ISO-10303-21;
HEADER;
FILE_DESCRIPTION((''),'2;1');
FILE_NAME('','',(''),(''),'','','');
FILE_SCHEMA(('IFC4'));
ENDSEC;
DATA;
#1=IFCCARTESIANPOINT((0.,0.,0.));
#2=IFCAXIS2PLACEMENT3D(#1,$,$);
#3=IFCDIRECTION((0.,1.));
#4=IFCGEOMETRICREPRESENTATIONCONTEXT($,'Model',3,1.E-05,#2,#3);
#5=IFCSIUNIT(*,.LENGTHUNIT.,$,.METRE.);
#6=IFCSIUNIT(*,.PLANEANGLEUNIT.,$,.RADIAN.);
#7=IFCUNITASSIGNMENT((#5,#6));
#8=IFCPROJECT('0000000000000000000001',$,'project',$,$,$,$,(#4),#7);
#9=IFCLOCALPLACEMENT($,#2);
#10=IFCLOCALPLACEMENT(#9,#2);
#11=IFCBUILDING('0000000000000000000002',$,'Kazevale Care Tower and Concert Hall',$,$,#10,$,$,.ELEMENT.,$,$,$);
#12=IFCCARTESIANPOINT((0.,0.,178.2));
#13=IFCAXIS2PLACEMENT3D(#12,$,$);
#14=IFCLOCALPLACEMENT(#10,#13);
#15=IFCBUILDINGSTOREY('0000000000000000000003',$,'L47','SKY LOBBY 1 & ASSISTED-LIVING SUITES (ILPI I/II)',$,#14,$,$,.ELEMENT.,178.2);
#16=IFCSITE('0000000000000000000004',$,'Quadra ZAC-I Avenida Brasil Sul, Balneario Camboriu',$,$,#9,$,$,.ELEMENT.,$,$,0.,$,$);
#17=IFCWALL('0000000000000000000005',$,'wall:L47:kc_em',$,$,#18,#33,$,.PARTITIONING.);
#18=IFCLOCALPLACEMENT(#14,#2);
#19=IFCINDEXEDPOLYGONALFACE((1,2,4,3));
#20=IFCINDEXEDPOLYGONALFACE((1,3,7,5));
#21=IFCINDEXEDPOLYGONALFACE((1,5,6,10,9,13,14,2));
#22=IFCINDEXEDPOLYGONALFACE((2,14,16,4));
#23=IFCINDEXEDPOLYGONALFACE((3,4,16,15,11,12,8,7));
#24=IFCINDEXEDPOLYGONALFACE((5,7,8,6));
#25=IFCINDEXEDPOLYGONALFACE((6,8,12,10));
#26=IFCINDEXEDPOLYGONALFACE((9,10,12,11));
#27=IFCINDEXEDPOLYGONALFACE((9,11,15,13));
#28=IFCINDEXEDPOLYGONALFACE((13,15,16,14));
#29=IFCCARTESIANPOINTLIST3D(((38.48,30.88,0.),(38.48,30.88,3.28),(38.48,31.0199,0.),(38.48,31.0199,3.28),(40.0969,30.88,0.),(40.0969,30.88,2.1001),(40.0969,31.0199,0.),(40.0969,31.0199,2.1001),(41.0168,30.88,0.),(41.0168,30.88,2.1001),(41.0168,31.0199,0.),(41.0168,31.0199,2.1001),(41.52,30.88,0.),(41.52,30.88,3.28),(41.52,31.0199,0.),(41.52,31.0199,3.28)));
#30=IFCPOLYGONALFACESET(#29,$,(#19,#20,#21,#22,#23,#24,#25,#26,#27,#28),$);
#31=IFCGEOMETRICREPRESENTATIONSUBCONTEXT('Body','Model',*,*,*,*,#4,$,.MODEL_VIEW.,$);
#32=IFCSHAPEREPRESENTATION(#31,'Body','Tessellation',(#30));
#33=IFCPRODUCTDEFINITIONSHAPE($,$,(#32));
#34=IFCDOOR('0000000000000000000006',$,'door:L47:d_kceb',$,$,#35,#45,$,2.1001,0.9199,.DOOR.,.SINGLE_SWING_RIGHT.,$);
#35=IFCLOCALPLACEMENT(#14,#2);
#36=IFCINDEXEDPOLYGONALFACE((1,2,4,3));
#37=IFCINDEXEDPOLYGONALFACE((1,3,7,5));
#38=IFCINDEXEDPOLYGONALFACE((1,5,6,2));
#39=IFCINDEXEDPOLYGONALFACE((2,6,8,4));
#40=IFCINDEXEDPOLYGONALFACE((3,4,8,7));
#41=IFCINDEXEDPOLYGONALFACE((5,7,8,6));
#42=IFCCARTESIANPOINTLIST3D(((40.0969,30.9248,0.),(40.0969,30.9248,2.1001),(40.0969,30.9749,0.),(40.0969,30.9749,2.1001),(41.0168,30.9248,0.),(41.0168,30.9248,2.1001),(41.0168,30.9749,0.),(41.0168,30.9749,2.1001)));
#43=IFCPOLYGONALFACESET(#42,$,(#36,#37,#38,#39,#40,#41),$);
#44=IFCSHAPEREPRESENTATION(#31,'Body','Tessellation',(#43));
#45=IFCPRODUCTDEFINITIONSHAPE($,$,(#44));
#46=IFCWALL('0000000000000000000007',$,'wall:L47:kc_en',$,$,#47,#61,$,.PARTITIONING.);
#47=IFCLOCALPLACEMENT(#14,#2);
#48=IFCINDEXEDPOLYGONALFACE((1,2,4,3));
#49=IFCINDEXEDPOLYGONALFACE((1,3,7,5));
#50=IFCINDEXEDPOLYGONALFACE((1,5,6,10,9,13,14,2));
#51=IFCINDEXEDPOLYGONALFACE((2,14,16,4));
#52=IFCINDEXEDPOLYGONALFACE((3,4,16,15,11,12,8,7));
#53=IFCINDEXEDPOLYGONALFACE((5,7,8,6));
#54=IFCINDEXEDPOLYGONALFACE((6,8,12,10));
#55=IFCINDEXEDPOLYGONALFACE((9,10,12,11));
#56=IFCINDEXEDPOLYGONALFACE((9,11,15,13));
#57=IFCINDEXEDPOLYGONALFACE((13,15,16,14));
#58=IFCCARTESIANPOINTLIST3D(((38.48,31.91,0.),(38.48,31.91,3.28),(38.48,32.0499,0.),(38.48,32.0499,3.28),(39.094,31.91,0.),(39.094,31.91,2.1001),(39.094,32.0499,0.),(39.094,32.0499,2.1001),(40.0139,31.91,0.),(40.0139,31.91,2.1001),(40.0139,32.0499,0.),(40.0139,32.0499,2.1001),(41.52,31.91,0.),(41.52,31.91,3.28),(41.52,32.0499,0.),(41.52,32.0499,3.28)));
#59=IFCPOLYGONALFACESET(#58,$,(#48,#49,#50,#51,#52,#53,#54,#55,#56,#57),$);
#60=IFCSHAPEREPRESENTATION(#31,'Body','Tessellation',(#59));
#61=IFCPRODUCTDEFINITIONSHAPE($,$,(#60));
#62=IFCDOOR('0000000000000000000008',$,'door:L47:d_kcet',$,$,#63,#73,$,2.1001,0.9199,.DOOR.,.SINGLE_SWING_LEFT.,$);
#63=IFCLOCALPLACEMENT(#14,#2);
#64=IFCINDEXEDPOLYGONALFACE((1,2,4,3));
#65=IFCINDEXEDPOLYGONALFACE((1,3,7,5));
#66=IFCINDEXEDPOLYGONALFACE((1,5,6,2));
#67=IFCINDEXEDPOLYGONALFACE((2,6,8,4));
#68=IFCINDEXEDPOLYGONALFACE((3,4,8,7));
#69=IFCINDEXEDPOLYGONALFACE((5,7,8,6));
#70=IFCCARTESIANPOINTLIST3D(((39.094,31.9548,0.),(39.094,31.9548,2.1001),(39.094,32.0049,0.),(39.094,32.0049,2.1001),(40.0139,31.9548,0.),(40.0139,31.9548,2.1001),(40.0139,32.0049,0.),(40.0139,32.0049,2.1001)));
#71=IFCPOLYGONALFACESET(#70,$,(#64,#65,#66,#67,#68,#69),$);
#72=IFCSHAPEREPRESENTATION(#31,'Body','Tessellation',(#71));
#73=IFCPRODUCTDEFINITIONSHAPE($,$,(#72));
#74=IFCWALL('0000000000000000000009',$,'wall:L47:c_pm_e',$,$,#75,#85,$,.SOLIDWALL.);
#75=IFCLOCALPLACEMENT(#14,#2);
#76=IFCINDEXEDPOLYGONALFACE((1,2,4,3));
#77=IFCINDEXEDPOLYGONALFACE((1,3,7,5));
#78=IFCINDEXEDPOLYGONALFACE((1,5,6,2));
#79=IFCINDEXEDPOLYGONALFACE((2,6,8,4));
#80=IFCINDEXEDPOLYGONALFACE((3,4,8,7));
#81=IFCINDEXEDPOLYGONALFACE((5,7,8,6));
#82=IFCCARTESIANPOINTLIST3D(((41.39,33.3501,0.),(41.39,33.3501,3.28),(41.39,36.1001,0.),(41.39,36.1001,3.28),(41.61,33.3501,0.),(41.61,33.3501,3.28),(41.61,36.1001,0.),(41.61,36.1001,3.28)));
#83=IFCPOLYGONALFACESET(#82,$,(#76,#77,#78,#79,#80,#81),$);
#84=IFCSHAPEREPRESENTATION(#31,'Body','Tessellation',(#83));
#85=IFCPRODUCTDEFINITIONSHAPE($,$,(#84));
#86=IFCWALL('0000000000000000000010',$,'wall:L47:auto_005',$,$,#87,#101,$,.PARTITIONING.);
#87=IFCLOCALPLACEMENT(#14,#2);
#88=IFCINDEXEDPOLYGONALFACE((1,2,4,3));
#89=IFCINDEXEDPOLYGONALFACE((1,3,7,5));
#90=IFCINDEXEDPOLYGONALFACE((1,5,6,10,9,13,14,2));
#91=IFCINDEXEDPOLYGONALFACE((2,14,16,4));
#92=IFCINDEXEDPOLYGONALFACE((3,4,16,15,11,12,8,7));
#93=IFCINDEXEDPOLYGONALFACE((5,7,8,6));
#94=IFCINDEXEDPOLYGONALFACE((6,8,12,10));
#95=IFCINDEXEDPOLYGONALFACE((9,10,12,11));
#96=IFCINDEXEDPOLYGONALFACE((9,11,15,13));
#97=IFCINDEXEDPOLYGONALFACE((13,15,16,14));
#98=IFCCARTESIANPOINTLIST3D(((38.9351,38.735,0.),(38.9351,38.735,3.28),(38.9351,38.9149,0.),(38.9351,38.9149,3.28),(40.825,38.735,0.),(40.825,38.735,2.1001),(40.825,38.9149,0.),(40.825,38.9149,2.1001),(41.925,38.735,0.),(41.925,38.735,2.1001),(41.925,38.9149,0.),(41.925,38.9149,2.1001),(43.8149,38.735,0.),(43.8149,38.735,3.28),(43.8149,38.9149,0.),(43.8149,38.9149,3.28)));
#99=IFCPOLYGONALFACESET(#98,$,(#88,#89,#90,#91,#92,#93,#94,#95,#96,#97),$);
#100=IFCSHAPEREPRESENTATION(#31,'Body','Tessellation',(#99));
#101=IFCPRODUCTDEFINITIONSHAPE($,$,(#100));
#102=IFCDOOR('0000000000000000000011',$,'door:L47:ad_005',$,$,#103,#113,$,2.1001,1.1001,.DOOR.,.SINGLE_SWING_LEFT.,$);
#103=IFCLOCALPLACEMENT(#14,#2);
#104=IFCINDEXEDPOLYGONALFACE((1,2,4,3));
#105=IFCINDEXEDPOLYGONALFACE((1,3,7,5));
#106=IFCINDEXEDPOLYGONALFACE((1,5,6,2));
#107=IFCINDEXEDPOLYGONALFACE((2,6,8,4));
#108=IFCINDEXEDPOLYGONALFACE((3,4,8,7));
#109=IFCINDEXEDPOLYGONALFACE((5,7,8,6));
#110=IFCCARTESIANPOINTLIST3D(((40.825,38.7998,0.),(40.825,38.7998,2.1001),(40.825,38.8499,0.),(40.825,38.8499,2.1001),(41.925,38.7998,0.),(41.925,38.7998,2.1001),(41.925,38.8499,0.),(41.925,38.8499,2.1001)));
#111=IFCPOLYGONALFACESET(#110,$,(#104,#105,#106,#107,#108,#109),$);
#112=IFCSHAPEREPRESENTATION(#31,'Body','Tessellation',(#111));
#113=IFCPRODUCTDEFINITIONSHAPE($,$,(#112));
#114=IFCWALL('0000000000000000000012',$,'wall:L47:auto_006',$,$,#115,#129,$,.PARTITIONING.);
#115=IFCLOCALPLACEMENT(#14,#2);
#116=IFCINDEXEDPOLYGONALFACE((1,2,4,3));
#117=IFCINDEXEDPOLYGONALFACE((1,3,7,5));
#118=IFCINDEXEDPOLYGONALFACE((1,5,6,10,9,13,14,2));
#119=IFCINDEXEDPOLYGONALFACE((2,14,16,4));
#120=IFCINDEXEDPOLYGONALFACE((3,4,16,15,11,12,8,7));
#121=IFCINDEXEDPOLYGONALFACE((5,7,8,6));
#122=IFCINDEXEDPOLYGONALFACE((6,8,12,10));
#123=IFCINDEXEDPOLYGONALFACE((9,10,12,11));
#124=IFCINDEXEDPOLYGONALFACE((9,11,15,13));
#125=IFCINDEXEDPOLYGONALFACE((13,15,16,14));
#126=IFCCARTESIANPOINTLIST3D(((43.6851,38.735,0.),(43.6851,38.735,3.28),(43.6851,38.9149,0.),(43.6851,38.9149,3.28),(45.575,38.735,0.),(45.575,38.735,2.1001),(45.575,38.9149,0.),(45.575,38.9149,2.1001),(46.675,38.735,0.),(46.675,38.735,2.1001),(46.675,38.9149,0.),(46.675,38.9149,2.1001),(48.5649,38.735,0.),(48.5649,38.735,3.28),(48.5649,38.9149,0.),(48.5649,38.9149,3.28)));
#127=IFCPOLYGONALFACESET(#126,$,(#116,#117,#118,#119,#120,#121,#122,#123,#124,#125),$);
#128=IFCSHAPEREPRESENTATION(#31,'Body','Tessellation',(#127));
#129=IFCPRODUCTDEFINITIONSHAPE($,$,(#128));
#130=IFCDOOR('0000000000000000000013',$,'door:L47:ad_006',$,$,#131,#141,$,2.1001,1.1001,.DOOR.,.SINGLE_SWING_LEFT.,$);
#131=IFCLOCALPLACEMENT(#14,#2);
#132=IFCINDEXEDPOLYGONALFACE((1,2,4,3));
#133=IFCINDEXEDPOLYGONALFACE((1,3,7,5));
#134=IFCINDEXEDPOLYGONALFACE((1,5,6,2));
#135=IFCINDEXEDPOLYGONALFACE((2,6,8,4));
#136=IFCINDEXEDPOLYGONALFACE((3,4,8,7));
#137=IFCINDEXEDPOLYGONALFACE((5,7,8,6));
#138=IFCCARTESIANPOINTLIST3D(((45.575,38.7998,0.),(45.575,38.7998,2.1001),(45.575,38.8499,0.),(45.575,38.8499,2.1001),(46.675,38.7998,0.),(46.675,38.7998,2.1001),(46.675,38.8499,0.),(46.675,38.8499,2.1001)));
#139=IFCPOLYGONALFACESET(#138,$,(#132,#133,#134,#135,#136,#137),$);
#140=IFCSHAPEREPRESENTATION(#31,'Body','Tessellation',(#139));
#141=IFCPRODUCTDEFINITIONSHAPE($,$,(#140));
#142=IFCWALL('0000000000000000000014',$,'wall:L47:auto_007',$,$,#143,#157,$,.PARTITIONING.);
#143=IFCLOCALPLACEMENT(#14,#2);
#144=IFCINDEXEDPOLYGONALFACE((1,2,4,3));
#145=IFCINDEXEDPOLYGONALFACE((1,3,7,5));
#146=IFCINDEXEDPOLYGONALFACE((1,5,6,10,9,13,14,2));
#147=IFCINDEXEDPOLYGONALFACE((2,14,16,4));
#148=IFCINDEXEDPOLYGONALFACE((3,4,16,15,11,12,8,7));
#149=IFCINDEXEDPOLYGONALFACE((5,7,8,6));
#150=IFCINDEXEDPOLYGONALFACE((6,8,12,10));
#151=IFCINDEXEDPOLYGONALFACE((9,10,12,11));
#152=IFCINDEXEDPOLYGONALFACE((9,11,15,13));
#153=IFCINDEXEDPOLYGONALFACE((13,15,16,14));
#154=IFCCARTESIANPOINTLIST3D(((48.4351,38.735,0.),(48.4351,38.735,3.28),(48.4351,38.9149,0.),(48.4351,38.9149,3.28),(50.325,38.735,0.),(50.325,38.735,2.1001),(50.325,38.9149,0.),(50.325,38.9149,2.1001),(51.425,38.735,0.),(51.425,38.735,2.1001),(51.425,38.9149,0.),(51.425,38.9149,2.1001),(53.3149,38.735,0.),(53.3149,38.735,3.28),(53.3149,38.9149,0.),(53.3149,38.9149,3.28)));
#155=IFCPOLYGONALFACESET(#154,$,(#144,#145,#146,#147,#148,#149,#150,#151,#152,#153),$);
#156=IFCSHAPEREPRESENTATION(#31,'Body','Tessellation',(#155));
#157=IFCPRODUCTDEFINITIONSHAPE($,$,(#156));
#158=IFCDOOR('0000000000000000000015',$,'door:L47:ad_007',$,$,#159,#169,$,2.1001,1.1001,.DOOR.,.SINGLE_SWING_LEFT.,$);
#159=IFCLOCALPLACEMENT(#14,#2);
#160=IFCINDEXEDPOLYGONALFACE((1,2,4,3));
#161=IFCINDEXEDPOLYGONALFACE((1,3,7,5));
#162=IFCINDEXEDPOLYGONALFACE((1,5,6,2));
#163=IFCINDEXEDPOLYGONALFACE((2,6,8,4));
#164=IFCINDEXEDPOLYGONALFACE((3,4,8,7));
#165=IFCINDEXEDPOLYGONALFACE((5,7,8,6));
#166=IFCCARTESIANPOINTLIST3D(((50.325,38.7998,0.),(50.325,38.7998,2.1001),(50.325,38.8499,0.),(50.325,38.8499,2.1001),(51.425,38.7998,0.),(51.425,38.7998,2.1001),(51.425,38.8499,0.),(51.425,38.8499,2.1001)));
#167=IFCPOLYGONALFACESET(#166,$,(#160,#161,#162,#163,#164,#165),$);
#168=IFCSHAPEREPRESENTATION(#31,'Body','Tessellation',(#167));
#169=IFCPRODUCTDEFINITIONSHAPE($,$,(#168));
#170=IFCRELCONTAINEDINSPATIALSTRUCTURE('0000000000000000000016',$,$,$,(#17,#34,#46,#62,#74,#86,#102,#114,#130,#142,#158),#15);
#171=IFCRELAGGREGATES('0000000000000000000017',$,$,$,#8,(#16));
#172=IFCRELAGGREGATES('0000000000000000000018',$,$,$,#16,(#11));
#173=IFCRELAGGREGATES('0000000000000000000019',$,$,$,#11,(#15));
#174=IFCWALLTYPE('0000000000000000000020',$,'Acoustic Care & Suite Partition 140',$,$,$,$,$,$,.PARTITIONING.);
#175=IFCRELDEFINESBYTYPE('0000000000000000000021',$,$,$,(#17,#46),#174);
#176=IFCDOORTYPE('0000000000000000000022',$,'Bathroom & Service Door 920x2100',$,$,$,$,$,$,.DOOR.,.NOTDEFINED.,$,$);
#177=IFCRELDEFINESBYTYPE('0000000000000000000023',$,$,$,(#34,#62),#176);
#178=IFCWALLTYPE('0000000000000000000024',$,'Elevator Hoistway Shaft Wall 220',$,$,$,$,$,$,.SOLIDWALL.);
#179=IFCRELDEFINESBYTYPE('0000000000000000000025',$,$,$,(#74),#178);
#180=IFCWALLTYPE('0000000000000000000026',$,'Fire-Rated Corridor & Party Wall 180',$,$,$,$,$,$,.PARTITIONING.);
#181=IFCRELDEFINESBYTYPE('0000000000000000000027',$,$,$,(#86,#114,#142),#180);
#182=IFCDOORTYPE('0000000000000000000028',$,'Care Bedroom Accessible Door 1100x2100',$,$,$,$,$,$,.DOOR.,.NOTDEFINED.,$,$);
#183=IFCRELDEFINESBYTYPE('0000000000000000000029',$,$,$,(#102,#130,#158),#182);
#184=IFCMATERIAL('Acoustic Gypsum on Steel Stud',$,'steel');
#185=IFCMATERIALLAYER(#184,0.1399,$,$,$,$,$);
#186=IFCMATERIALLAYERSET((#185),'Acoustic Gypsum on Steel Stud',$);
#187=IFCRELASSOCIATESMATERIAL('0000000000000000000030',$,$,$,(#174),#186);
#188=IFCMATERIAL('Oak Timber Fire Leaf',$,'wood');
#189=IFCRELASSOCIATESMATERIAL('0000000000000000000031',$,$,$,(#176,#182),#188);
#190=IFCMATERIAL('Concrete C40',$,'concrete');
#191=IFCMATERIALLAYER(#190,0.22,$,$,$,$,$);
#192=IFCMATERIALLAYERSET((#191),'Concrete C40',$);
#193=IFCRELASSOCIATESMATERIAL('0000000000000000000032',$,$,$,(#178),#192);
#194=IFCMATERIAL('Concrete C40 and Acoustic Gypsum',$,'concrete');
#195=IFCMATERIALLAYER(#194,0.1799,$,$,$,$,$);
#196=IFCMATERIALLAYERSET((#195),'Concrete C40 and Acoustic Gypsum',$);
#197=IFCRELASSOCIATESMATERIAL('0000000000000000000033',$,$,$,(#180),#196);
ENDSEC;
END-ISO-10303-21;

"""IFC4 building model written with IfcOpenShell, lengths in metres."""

from ifc_helpers import new_model, si_unit, direction, frame, frame_2d, origin, place, context, subcontext, project, spatial, rectangle, extrude, material, layer, layer_set, type_object, element, fill, save


model = new_model("IFC4")

# Units and contexts
model_context = context("Model", 3, precision=1e-05, world=origin(), true_north=direction((0.0, 1.0)))
body_context = subcontext(model_context, "Body", "Model", "MODEL_VIEW")
ifc_project = project(units=[si_unit("LENGTHUNIT", "METRE"), si_unit("PLANEANGLEUNIT", "RADIAN")], contexts=[model_context])

# Site, building, storey
site_placement = place(None, origin())
site = spatial("IfcSite", under=ifc_project, at=site_placement, Name="Quadra ZAC-I Avenida Brasil Sul, Balneario Camboriu", CompositionType="ELEMENT", RefElevation=0.0)
building_placement = place(site_placement, origin())
building = spatial("IfcBuilding", under=site, at=building_placement, Name="Kazevale Care Tower and Concert Hall", CompositionType="ELEMENT")
storey_placement = place(building_placement, frame((0.0, 0.0, 178.2)))
storey = spatial("IfcBuildingStorey", under=building, at=storey_placement, Name="L47", Description="SKY LOBBY 1 & ASSISTED-LIVING SUITES (ILPI I/II)", CompositionType="ELEMENT", Elevation=178.2)

# Shared definitions
ifc_material_1 = material(Name="Acoustic Gypsum on Steel Stud", Category="steel")
ifc_layer_1 = layer(ifc_material_1, 0.1399)
ifc_layer_set_1 = layer_set([ifc_layer_1], Name="Acoustic Gypsum on Steel Stud")
wall_type_1 = type_object("IfcWallType", Name="Acoustic Care & Suite Partition 140", PredefinedType="PARTITIONING", material=ifc_layer_set_1)

# Walls, openings, doors
wall_1_placement = place(storey_placement, frame((38.48, 30.95, 0.0), z_axis=(0.0, 0.0, 1.0), x_axis=(1.0, 0.0, 0.0)))
wall_1 = element("IfcWall", 1, at=wall_1_placement, inside=storey, type_object=wall_type_1, Name="wall:L47:kc_em", PredefinedType="PARTITIONING", context=body_context, shape_type="SweptSolid", body=[
    extrude(rectangle(XDim=3.04, YDim=0.1399, at=frame_2d((1.52, 0.0))), origin(), (0.0, 0.0, 1.0), 3.28),
])
opening_1_placement = place(wall_1_placement, frame((1.6169, 0.0, 0.0)))
opening_1 = element("IfcOpeningElement", 2, at=opening_1_placement, cuts=wall_1, PredefinedType="OPENING", context=body_context, shape_type="SweptSolid", body=[
    extrude(rectangle(XDim=0.9199, YDim=2.1001, at=frame_2d((0.46, 1.05))), frame((0.0, 0.0798, 0.0), z_axis=(0.0, -1.0, 0.0), x_axis=(1.0, 0.0, 0.0)), (0.0, 0.0, 1.0), 0.1599),
])
ifc_material_2 = material(Name="Oak Timber Fire Leaf", Category="wood")
door_type_1 = type_object("IfcDoorType", Name="Bathroom & Service Door 920x2100", OperationType="NOTDEFINED", PredefinedType="DOOR", material=ifc_material_2)
door_1_placement = place(opening_1_placement, origin())
door_1 = element("IfcDoor", 3, at=door_1_placement, inside=storey, type_object=door_type_1, Name="door:L47:d_kceb", OperationType="SINGLE_SWING_RIGHT", OverallHeight=2.1001, OverallWidth=0.9199, PredefinedType="DOOR", context=body_context, shape_type="SweptSolid", body=[
    extrude(rectangle(XDim=0.9199, YDim=2.1001, at=frame_2d((0.46, 1.05))), frame((0.0, 0.0249, 0.0), z_axis=(0.0, -1.0, 0.0), x_axis=(1.0, 0.0, 0.0)), (0.0, 0.0, 1.0), 0.05),
])
fill(opening_1, door_1)
wall_2_placement = place(storey_placement, frame((38.48, 31.98, 0.0), z_axis=(0.0, 0.0, 1.0), x_axis=(1.0, 0.0, 0.0)))
wall_2 = element("IfcWall", 4, at=wall_2_placement, inside=storey, type_object=wall_type_1, Name="wall:L47:kc_en", PredefinedType="PARTITIONING", context=body_context, shape_type="SweptSolid", body=[
    extrude(rectangle(XDim=3.04, YDim=0.1399, at=frame_2d((1.52, 0.0))), origin(), (0.0, 0.0, 1.0), 3.28),
])
opening_2_placement = place(wall_2_placement, frame((0.614, 0.0, 0.0)))
opening_2 = element("IfcOpeningElement", 5, at=opening_2_placement, cuts=wall_2, PredefinedType="OPENING", context=body_context, shape_type="SweptSolid", body=[
    extrude(rectangle(XDim=0.9199, YDim=2.1001, at=frame_2d((0.46, 1.05))), frame((0.0, 0.0798, 0.0), z_axis=(0.0, -1.0, 0.0), x_axis=(1.0, 0.0, 0.0)), (0.0, 0.0, 1.0), 0.1599),
])
door_2_placement = place(opening_2_placement, origin())
door_2 = element("IfcDoor", 6, at=door_2_placement, inside=storey, type_object=door_type_1, Name="door:L47:d_kcet", OperationType="SINGLE_SWING_LEFT", OverallHeight=2.1001, OverallWidth=0.9199, PredefinedType="DOOR", context=body_context, shape_type="SweptSolid", body=[
    extrude(rectangle(XDim=0.9199, YDim=2.1001, at=frame_2d((0.46, 1.05))), frame((0.0, 0.0249, 0.0), z_axis=(0.0, -1.0, 0.0), x_axis=(1.0, 0.0, 0.0)), (0.0, 0.0, 1.0), 0.05),
])
fill(opening_2, door_2)

# Wall
ifc_material_3 = material(Name="Concrete C40", Category="concrete")
ifc_layer_2 = layer(ifc_material_3, 0.22)
ifc_layer_set_2 = layer_set([ifc_layer_2], Name="Concrete C40")
wall_type_2 = type_object("IfcWallType", Name="Elevator Hoistway Shaft Wall 220", PredefinedType="SOLIDWALL", material=ifc_layer_set_2)
wall_3_placement = place(storey_placement, frame((41.5, 33.3501, 0.0), z_axis=(0.0, 0.0, 1.0), x_axis=(0.0, 1.0, 0.0)))
element("IfcWall", 7, at=wall_3_placement, inside=storey, type_object=wall_type_2, Name="wall:L47:c_pm_e", PredefinedType="SOLIDWALL", context=body_context, shape_type="SweptSolid", body=[
    extrude(rectangle(XDim=2.75, YDim=0.22, at=frame_2d((1.375, 0.0))), origin(), (0.0, 0.0, 1.0), 3.28),
])

# Walls, openings, doors
ifc_material_4 = material(Name="Concrete C40 and Acoustic Gypsum", Category="concrete")
ifc_layer_3 = layer(ifc_material_4, 0.1799)
ifc_layer_set_3 = layer_set([ifc_layer_3], Name="Concrete C40 and Acoustic Gypsum")
wall_type_3 = type_object("IfcWallType", Name="Fire-Rated Corridor & Party Wall 180", PredefinedType="PARTITIONING", material=ifc_layer_set_3)
wall_4_placement = place(storey_placement, frame((38.9351, 38.825, 0.0), z_axis=(0.0, 0.0, 1.0), x_axis=(1.0, 0.0, 0.0)))
wall_4 = element("IfcWall", 8, at=wall_4_placement, inside=storey, type_object=wall_type_3, Name="wall:L47:auto_005", PredefinedType="PARTITIONING", context=body_context, shape_type="SweptSolid", body=[
    extrude(rectangle(XDim=4.8799, YDim=0.1799, at=frame_2d((2.4399, 0.0))), origin(), (0.0, 0.0, 1.0), 3.28),
])
opening_3_placement = place(wall_4_placement, frame((1.8899, 0.0, 0.0)))
opening_3 = element("IfcOpeningElement", 9, at=opening_3_placement, cuts=wall_4, PredefinedType="OPENING", context=body_context, shape_type="SweptSolid", body=[
    extrude(rectangle(XDim=1.1001, YDim=2.1001, at=frame_2d((0.55, 1.05))), frame((0.0, 0.0999, 0.0), z_axis=(0.0, -1.0, 0.0), x_axis=(1.0, 0.0, 0.0)), (0.0, 0.0, 1.0), 0.2),
])
door_type_2 = type_object("IfcDoorType", Name="Care Bedroom Accessible Door 1100x2100", OperationType="NOTDEFINED", PredefinedType="DOOR", material=ifc_material_2)
door_3_placement = place(opening_3_placement, origin())
door_3 = element("IfcDoor", 10, at=door_3_placement, inside=storey, type_object=door_type_2, Name="door:L47:ad_005", OperationType="SINGLE_SWING_LEFT", OverallHeight=2.1001, OverallWidth=1.1001, PredefinedType="DOOR", context=body_context, shape_type="SweptSolid", body=[
    extrude(rectangle(XDim=1.1001, YDim=2.1001, at=frame_2d((0.55, 1.05))), frame((0.0, 0.0249, 0.0), z_axis=(0.0, -1.0, 0.0), x_axis=(1.0, 0.0, 0.0)), (0.0, 0.0, 1.0), 0.05),
])
fill(opening_3, door_3)
wall_5_placement = place(storey_placement, frame((43.6851, 38.825, 0.0), z_axis=(0.0, 0.0, 1.0), x_axis=(1.0, 0.0, 0.0)))
wall_5 = element("IfcWall", 11, at=wall_5_placement, inside=storey, type_object=wall_type_3, Name="wall:L47:auto_006", PredefinedType="PARTITIONING", context=body_context, shape_type="SweptSolid", body=[
    extrude(rectangle(XDim=4.8799, YDim=0.1799, at=frame_2d((2.4399, 0.0))), origin(), (0.0, 0.0, 1.0), 3.28),
])
opening_4_placement = place(wall_5_placement, frame((1.8899, 0.0, 0.0)))
opening_4 = element("IfcOpeningElement", 12, at=opening_4_placement, cuts=wall_5, PredefinedType="OPENING", context=body_context, shape_type="SweptSolid", body=[
    extrude(rectangle(XDim=1.1001, YDim=2.1001, at=frame_2d((0.55, 1.05))), frame((0.0, 0.0999, 0.0), z_axis=(0.0, -1.0, 0.0), x_axis=(1.0, 0.0, 0.0)), (0.0, 0.0, 1.0), 0.2),
])
door_4_placement = place(opening_4_placement, origin())
door_4 = element("IfcDoor", 13, at=door_4_placement, inside=storey, type_object=door_type_2, Name="door:L47:ad_006", OperationType="SINGLE_SWING_LEFT", OverallHeight=2.1001, OverallWidth=1.1001, PredefinedType="DOOR", context=body_context, shape_type="SweptSolid", body=[
    extrude(rectangle(XDim=1.1001, YDim=2.1001, at=frame_2d((0.55, 1.05))), frame((0.0, 0.0249, 0.0), z_axis=(0.0, -1.0, 0.0), x_axis=(1.0, 0.0, 0.0)), (0.0, 0.0, 1.0), 0.05),
])
fill(opening_4, door_4)
wall_6_placement = place(storey_placement, frame((48.4351, 38.825, 0.0), z_axis=(0.0, 0.0, 1.0), x_axis=(1.0, 0.0, 0.0)))
wall_6 = element("IfcWall", 14, at=wall_6_placement, inside=storey, type_object=wall_type_3, Name="wall:L47:auto_007", PredefinedType="PARTITIONING", context=body_context, shape_type="SweptSolid", body=[
    extrude(rectangle(XDim=4.8799, YDim=0.1799, at=frame_2d((2.4399, 0.0))), origin(), (0.0, 0.0, 1.0), 3.28),
])
opening_5_placement = place(wall_6_placement, frame((1.8899, 0.0, 0.0)))
opening_5 = element("IfcOpeningElement", 15, at=opening_5_placement, cuts=wall_6, PredefinedType="OPENING", context=body_context, shape_type="SweptSolid", body=[
    extrude(rectangle(XDim=1.1001, YDim=2.1001, at=frame_2d((0.55, 1.05))), frame((0.0, 0.0999, 0.0), z_axis=(0.0, -1.0, 0.0), x_axis=(1.0, 0.0, 0.0)), (0.0, 0.0, 1.0), 0.2),
])
door_5_placement = place(opening_5_placement, origin())
door_5 = element("IfcDoor", 16, at=door_5_placement, inside=storey, type_object=door_type_2, Name="door:L47:ad_007", OperationType="SINGLE_SWING_LEFT", OverallHeight=2.1001, OverallWidth=1.1001, PredefinedType="DOOR", context=body_context, shape_type="SweptSolid", body=[
    extrude(rectangle(XDim=1.1001, YDim=2.1001, at=frame_2d((0.55, 1.05))), frame((0.0, 0.0249, 0.0), z_axis=(0.0, -1.0, 0.0), x_axis=(1.0, 0.0, 0.0)), (0.0, 0.0, 1.0), 0.05),
])
fill(opening_5, door_5)

save(model, "model.ifc")
